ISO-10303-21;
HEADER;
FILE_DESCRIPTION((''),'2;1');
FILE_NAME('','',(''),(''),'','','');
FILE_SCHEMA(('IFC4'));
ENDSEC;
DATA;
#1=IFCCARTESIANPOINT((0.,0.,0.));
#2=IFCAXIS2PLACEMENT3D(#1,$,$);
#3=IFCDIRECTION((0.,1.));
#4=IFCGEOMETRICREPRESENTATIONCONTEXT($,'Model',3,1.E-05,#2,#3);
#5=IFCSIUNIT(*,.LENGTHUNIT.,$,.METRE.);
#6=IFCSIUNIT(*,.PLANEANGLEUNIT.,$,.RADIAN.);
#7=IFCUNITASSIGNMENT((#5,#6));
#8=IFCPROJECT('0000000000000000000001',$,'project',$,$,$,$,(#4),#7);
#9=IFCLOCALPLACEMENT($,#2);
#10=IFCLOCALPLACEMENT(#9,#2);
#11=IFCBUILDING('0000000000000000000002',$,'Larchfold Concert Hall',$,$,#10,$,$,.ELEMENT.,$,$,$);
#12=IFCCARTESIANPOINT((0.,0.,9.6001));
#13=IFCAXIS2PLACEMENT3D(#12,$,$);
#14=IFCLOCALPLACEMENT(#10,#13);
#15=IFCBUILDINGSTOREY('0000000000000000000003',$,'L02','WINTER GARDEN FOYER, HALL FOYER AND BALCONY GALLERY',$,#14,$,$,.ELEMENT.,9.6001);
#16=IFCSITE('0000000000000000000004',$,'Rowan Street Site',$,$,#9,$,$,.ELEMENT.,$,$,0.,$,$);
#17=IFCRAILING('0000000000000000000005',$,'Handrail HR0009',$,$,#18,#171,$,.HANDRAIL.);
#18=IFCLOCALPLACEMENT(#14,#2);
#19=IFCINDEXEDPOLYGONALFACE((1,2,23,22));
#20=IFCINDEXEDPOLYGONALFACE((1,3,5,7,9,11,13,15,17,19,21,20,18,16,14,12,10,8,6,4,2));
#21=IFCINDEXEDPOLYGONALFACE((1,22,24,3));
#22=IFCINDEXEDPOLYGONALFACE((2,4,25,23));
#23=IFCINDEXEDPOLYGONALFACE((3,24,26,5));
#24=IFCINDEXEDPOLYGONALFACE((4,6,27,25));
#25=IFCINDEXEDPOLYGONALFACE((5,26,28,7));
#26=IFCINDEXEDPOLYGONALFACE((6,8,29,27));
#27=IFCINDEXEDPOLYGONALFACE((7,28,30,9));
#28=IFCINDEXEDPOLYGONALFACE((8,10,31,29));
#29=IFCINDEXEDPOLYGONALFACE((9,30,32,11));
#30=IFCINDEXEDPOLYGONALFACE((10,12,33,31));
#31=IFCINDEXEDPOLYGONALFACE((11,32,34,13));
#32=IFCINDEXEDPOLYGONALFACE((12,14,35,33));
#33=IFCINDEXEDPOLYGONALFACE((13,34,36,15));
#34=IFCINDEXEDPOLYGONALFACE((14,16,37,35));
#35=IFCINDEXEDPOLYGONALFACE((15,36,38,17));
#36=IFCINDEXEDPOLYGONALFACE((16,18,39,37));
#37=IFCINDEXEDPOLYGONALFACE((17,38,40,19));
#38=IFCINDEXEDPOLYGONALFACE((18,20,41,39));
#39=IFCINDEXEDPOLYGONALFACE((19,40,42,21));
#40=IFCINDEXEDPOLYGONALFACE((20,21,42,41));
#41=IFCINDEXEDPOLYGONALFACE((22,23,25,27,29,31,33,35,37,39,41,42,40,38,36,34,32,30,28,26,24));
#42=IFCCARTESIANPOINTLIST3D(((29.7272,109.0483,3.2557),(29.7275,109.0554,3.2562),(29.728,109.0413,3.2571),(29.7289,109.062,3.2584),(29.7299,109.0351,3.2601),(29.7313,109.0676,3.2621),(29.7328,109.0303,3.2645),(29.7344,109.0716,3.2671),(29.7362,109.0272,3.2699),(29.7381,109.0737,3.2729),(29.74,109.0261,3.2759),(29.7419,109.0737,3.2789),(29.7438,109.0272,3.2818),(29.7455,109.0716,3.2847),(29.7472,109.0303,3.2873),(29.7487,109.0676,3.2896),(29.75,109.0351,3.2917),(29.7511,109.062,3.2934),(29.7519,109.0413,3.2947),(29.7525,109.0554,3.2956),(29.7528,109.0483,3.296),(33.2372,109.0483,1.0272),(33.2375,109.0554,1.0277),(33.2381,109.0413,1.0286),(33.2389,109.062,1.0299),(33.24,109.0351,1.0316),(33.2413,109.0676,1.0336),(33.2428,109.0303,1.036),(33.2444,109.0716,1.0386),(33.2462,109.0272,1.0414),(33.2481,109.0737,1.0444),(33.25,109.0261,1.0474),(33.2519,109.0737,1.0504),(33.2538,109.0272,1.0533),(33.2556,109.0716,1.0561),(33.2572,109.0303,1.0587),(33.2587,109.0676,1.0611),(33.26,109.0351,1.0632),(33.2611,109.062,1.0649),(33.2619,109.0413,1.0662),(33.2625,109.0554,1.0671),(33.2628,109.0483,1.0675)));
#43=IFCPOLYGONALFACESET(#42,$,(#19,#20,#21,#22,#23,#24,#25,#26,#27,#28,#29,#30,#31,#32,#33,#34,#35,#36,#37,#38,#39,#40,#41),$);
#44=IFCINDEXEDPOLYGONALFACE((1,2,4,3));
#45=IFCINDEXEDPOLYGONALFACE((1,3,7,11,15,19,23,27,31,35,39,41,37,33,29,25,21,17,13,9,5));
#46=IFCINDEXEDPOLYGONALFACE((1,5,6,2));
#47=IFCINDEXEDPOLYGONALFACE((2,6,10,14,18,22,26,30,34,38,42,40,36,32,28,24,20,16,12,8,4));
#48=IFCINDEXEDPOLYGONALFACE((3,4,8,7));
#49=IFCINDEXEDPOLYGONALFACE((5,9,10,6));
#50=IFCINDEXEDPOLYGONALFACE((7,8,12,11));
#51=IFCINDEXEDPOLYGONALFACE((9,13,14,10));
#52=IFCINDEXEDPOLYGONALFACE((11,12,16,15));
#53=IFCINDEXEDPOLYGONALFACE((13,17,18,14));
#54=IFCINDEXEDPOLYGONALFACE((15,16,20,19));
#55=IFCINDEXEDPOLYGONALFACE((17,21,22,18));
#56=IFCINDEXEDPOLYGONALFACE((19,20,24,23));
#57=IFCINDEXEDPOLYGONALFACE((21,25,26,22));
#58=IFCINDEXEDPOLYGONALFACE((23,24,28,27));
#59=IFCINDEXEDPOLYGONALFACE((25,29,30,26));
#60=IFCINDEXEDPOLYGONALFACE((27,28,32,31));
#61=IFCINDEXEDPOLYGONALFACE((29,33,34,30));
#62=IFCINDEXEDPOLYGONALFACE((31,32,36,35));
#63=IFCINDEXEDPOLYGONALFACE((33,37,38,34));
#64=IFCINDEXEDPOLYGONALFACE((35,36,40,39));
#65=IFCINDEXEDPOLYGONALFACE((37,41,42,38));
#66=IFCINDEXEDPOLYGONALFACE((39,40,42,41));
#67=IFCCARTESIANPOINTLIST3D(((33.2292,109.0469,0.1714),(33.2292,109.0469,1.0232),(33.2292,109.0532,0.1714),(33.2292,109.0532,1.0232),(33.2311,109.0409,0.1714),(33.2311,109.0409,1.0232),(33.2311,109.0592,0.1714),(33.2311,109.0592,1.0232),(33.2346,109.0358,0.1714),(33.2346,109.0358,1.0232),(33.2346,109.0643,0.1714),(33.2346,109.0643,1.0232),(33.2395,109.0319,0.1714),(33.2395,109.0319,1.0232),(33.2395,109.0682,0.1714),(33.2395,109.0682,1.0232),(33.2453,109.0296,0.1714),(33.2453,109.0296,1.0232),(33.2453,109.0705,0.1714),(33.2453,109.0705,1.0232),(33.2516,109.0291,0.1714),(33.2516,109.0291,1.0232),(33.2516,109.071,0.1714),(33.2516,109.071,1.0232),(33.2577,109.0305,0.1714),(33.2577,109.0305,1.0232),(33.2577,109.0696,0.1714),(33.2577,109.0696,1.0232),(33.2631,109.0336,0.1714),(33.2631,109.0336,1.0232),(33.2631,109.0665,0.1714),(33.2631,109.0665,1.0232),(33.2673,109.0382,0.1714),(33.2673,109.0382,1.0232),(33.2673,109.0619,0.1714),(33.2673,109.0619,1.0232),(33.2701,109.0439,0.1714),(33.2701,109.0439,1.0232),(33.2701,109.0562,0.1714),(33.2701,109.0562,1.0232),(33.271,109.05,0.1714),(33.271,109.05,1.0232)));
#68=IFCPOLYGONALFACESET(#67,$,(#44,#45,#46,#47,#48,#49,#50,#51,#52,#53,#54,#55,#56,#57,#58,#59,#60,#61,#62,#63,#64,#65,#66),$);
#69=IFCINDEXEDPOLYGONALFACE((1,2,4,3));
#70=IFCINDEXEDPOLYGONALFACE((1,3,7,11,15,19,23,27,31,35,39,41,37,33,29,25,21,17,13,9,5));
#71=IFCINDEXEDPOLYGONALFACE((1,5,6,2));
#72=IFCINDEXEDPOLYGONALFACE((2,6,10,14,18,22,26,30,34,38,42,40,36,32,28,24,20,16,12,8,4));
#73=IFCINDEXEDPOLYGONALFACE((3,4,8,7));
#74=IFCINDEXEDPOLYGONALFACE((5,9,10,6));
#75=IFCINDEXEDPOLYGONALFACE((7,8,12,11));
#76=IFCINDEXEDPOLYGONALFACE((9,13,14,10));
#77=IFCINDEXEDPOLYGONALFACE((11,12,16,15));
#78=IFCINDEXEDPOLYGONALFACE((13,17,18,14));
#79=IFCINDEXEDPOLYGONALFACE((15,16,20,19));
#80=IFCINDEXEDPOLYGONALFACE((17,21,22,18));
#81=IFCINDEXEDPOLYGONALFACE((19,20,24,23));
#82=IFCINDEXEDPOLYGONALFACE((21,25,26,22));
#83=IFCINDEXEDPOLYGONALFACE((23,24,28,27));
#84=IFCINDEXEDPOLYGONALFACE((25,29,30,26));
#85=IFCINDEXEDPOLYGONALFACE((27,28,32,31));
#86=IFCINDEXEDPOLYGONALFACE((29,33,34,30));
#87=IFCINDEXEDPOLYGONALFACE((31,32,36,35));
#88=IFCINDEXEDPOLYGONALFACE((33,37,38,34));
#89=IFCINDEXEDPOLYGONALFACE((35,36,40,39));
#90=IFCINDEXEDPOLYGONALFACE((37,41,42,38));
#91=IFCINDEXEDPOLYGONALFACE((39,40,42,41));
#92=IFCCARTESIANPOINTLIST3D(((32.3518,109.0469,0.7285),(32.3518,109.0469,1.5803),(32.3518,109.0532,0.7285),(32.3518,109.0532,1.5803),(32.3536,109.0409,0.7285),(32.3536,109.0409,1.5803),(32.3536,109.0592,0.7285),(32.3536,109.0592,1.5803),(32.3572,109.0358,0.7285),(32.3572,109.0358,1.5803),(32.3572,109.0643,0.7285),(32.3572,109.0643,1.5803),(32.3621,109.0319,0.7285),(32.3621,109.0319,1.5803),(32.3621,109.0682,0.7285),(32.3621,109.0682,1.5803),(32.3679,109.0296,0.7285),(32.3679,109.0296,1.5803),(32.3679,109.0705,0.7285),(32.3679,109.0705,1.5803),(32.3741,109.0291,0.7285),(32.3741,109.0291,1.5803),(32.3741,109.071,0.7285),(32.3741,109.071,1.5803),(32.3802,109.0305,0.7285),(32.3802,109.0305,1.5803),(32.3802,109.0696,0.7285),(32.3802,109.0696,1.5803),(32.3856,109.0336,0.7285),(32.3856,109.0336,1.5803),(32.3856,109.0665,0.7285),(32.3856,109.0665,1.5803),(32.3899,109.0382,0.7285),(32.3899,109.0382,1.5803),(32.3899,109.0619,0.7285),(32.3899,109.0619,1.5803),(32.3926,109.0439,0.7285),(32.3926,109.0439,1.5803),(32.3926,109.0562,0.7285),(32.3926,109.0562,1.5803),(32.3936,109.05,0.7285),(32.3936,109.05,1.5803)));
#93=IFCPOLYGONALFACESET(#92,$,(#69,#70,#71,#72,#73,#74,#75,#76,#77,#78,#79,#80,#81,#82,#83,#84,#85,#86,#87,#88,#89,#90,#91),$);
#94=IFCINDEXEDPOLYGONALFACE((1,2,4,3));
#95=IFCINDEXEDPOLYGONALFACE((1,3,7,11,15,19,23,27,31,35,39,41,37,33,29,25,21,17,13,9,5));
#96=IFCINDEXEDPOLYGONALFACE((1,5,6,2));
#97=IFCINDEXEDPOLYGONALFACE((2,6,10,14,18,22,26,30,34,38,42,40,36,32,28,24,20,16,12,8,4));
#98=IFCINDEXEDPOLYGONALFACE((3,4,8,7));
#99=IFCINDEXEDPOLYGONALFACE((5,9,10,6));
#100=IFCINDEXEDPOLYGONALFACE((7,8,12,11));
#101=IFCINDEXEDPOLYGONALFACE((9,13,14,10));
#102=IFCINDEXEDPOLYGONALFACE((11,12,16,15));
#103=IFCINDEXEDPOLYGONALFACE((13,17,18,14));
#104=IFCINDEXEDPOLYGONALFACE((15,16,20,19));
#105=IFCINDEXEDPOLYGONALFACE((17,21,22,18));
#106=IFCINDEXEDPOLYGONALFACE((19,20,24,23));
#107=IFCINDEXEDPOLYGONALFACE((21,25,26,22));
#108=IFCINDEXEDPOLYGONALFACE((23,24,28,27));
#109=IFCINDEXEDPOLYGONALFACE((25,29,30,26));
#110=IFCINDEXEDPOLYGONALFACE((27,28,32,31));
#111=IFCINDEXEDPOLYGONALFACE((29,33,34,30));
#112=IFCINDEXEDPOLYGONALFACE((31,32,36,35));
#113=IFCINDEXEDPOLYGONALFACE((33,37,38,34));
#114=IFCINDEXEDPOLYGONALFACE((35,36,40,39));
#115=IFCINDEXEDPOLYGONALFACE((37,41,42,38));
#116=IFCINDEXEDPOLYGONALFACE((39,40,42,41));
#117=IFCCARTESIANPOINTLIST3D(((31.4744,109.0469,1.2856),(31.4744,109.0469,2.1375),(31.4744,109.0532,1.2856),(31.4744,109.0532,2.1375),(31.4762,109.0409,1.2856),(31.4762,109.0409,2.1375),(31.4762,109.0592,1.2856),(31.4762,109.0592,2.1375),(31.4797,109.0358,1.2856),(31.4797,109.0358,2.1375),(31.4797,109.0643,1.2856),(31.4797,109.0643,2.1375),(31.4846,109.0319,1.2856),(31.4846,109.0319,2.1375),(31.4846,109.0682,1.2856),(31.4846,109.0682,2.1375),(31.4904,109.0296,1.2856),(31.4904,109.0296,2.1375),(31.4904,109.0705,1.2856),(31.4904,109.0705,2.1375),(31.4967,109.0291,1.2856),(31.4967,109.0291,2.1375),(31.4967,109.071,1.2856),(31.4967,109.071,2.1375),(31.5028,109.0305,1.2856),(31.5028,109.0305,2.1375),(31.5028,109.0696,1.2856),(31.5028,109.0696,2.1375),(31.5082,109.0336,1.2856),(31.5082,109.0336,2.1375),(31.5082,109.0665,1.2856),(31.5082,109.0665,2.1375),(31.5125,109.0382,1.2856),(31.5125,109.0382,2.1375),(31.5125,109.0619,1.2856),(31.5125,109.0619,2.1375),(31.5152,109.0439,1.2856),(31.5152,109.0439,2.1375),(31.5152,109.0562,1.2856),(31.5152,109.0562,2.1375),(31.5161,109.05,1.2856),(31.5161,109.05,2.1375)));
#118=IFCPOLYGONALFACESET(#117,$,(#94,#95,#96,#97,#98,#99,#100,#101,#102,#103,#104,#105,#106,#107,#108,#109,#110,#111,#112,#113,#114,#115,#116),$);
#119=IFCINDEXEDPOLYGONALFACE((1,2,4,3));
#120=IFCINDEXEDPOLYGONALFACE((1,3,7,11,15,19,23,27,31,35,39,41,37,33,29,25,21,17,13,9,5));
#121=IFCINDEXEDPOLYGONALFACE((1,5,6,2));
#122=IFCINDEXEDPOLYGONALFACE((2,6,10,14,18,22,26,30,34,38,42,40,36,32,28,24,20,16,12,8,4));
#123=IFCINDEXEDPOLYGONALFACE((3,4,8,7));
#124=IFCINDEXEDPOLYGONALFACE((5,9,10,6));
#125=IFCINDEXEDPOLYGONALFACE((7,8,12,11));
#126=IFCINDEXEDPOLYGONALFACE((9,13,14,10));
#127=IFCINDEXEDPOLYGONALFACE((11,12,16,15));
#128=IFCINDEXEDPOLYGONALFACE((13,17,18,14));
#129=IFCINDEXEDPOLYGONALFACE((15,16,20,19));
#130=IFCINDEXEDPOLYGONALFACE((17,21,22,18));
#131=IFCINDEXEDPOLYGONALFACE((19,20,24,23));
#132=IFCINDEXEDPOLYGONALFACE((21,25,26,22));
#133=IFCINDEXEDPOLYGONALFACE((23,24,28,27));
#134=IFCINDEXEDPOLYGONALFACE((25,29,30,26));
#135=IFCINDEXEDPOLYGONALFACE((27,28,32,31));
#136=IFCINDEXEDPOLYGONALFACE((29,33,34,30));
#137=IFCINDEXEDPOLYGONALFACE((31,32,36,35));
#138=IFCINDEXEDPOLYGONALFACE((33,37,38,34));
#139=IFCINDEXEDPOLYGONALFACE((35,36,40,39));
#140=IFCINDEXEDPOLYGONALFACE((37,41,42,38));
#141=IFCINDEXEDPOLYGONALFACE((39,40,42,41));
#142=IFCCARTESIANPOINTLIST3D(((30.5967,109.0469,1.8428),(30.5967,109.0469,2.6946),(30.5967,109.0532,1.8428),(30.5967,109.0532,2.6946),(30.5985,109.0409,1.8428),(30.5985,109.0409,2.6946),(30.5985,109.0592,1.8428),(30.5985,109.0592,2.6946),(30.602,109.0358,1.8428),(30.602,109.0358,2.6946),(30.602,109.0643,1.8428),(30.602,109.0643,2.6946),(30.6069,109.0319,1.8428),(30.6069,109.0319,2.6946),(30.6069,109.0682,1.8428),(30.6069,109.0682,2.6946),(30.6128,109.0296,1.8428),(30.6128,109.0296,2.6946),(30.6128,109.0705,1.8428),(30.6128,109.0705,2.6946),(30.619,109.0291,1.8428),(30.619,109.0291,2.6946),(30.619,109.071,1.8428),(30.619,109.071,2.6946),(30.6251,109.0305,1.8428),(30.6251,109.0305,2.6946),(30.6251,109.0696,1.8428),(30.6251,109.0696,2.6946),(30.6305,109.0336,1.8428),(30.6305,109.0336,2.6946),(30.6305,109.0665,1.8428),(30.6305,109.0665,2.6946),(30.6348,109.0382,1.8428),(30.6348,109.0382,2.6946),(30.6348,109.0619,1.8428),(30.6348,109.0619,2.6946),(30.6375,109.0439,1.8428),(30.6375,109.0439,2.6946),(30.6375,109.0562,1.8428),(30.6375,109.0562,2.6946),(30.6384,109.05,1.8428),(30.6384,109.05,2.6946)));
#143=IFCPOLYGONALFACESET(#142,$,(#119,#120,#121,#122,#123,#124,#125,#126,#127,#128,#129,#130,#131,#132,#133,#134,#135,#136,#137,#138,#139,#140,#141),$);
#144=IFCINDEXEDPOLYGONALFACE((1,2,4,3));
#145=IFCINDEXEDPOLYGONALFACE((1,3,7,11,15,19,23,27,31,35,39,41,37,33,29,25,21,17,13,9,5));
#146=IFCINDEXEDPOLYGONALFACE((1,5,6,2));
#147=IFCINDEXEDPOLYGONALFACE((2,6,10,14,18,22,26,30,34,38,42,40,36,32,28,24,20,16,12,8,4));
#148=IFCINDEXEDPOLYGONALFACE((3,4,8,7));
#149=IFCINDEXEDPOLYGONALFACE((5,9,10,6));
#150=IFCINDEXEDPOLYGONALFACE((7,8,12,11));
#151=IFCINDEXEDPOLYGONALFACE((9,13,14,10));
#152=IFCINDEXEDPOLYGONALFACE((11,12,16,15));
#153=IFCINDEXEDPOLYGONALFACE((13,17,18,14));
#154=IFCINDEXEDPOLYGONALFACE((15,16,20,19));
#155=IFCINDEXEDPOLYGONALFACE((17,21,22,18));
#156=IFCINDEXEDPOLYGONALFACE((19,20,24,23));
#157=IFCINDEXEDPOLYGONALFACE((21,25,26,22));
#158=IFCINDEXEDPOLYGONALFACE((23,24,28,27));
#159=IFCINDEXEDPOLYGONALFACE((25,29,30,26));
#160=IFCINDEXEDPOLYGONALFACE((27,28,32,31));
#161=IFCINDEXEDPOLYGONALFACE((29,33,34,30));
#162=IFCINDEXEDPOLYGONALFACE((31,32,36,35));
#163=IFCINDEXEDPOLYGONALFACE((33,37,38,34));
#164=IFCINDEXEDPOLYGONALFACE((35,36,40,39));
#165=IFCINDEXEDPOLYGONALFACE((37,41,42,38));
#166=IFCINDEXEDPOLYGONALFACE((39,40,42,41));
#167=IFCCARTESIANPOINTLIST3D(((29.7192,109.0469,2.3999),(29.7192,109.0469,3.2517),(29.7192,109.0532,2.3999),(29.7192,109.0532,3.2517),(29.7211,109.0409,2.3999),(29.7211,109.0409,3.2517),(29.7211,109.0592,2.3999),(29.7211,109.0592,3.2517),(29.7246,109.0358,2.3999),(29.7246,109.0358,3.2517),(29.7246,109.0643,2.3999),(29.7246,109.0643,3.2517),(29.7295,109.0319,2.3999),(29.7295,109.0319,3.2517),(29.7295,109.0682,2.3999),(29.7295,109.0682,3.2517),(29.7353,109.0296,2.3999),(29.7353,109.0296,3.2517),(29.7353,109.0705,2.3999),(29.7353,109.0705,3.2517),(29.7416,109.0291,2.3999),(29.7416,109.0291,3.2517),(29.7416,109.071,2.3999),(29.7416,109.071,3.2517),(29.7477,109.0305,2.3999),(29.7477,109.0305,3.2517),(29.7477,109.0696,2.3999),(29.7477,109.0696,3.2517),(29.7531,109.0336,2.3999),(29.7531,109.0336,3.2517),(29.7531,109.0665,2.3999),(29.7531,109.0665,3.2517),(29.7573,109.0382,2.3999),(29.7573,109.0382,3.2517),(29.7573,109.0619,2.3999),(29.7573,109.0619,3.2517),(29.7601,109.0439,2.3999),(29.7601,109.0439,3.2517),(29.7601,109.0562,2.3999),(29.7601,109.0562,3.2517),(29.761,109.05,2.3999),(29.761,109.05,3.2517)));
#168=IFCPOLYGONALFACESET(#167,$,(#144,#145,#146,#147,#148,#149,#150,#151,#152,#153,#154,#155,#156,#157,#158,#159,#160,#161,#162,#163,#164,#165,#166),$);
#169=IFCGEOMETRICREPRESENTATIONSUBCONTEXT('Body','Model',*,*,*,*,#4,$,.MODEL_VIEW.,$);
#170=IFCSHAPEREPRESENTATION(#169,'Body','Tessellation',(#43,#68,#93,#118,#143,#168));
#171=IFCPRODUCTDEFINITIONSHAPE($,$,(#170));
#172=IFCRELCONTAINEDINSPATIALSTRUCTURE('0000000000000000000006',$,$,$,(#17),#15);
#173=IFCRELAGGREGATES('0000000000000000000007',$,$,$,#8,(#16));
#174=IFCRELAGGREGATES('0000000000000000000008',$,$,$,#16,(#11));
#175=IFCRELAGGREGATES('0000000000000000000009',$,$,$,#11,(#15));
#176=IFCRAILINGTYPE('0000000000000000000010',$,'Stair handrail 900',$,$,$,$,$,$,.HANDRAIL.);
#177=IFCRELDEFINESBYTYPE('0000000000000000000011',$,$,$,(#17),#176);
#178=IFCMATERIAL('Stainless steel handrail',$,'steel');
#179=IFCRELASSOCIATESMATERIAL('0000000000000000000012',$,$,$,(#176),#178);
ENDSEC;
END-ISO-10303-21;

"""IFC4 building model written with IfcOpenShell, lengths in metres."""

from ifc_helpers import new_model, si_unit, direction, frame, origin, origin_2d, place, context, subcontext, project, spatial, circle, extrude, material, type_object, element, save


model = new_model("IFC4")

# Units and contexts
model_context = context("Model", 3, precision=1e-05, world=origin(), true_north=direction((0.0, 1.0)))
body_context = subcontext(model_context, "Body", "Model", "MODEL_VIEW")
ifc_project = project(units=[si_unit("LENGTHUNIT", "METRE"), si_unit("PLANEANGLEUNIT", "RADIAN")], contexts=[model_context])

# Site, building, storey
site_placement = place(None, origin())
site = spatial("IfcSite", under=ifc_project, at=site_placement, Name="Rowan Street Site", CompositionType="ELEMENT", RefElevation=0.0)
building_placement = place(site_placement, origin())
building = spatial("IfcBuilding", under=site, at=building_placement, Name="Larchfold Concert Hall", CompositionType="ELEMENT")
storey_placement = place(building_placement, frame((0.0, 0.0, 9.6001)))
storey = spatial("IfcBuildingStorey", under=building, at=storey_placement, Name="L02", Description="WINTER GARDEN FOYER, HALL FOYER AND BALCONY GALLERY", CompositionType="ELEMENT", Elevation=9.6001)

# Railing
ifc_material_1 = material(Name="Stainless steel handrail", Category="steel")
railing_type = type_object("IfcRailingType", Name="Stair handrail 900", PredefinedType="HANDRAIL", material=ifc_material_1)
railing_placement = place(storey_placement, frame((33.25, 109.05, 0.1714)))
element("IfcRailing", 1, at=railing_placement, inside=storey, type_object=railing_type, Name="Handrail HR0009", PredefinedType="HANDRAIL", context=body_context, shape_type="SweptSolid", body=[
    extrude(circle(Radius=0.0239, at=origin_2d()), frame((0.0, 0.0, 0.876), z_axis=(-0.84422, 0.0, 0.535998), x_axis=(0.0, -1.0, 0.0)), (0.0, 0.0, 1.0), 4.1577),
    extrude(circle(Radius=0.021, at=origin_2d()), origin(), (0.0, 0.0, 1.0), 0.8518),
    extrude(circle(Radius=0.021, at=origin_2d()), frame((-0.8774, 0.0, 0.5571)), (0.0, 0.0, 1.0), 0.8518),
    extrude(circle(Radius=0.021, at=origin_2d()), frame((-1.7549, 0.0, 1.1143)), (0.0, 0.0, 1.0), 0.8518),
    extrude(circle(Radius=0.021, at=origin_2d()), frame((-2.6326, 0.0, 1.6714)), (0.0, 0.0, 1.0), 0.8518),
    extrude(circle(Radius=0.021, at=origin_2d()), frame((-3.51, 0.0, 2.2285)), (0.0, 0.0, 1.0), 0.8518),
])

save(model, "model.ifc")
